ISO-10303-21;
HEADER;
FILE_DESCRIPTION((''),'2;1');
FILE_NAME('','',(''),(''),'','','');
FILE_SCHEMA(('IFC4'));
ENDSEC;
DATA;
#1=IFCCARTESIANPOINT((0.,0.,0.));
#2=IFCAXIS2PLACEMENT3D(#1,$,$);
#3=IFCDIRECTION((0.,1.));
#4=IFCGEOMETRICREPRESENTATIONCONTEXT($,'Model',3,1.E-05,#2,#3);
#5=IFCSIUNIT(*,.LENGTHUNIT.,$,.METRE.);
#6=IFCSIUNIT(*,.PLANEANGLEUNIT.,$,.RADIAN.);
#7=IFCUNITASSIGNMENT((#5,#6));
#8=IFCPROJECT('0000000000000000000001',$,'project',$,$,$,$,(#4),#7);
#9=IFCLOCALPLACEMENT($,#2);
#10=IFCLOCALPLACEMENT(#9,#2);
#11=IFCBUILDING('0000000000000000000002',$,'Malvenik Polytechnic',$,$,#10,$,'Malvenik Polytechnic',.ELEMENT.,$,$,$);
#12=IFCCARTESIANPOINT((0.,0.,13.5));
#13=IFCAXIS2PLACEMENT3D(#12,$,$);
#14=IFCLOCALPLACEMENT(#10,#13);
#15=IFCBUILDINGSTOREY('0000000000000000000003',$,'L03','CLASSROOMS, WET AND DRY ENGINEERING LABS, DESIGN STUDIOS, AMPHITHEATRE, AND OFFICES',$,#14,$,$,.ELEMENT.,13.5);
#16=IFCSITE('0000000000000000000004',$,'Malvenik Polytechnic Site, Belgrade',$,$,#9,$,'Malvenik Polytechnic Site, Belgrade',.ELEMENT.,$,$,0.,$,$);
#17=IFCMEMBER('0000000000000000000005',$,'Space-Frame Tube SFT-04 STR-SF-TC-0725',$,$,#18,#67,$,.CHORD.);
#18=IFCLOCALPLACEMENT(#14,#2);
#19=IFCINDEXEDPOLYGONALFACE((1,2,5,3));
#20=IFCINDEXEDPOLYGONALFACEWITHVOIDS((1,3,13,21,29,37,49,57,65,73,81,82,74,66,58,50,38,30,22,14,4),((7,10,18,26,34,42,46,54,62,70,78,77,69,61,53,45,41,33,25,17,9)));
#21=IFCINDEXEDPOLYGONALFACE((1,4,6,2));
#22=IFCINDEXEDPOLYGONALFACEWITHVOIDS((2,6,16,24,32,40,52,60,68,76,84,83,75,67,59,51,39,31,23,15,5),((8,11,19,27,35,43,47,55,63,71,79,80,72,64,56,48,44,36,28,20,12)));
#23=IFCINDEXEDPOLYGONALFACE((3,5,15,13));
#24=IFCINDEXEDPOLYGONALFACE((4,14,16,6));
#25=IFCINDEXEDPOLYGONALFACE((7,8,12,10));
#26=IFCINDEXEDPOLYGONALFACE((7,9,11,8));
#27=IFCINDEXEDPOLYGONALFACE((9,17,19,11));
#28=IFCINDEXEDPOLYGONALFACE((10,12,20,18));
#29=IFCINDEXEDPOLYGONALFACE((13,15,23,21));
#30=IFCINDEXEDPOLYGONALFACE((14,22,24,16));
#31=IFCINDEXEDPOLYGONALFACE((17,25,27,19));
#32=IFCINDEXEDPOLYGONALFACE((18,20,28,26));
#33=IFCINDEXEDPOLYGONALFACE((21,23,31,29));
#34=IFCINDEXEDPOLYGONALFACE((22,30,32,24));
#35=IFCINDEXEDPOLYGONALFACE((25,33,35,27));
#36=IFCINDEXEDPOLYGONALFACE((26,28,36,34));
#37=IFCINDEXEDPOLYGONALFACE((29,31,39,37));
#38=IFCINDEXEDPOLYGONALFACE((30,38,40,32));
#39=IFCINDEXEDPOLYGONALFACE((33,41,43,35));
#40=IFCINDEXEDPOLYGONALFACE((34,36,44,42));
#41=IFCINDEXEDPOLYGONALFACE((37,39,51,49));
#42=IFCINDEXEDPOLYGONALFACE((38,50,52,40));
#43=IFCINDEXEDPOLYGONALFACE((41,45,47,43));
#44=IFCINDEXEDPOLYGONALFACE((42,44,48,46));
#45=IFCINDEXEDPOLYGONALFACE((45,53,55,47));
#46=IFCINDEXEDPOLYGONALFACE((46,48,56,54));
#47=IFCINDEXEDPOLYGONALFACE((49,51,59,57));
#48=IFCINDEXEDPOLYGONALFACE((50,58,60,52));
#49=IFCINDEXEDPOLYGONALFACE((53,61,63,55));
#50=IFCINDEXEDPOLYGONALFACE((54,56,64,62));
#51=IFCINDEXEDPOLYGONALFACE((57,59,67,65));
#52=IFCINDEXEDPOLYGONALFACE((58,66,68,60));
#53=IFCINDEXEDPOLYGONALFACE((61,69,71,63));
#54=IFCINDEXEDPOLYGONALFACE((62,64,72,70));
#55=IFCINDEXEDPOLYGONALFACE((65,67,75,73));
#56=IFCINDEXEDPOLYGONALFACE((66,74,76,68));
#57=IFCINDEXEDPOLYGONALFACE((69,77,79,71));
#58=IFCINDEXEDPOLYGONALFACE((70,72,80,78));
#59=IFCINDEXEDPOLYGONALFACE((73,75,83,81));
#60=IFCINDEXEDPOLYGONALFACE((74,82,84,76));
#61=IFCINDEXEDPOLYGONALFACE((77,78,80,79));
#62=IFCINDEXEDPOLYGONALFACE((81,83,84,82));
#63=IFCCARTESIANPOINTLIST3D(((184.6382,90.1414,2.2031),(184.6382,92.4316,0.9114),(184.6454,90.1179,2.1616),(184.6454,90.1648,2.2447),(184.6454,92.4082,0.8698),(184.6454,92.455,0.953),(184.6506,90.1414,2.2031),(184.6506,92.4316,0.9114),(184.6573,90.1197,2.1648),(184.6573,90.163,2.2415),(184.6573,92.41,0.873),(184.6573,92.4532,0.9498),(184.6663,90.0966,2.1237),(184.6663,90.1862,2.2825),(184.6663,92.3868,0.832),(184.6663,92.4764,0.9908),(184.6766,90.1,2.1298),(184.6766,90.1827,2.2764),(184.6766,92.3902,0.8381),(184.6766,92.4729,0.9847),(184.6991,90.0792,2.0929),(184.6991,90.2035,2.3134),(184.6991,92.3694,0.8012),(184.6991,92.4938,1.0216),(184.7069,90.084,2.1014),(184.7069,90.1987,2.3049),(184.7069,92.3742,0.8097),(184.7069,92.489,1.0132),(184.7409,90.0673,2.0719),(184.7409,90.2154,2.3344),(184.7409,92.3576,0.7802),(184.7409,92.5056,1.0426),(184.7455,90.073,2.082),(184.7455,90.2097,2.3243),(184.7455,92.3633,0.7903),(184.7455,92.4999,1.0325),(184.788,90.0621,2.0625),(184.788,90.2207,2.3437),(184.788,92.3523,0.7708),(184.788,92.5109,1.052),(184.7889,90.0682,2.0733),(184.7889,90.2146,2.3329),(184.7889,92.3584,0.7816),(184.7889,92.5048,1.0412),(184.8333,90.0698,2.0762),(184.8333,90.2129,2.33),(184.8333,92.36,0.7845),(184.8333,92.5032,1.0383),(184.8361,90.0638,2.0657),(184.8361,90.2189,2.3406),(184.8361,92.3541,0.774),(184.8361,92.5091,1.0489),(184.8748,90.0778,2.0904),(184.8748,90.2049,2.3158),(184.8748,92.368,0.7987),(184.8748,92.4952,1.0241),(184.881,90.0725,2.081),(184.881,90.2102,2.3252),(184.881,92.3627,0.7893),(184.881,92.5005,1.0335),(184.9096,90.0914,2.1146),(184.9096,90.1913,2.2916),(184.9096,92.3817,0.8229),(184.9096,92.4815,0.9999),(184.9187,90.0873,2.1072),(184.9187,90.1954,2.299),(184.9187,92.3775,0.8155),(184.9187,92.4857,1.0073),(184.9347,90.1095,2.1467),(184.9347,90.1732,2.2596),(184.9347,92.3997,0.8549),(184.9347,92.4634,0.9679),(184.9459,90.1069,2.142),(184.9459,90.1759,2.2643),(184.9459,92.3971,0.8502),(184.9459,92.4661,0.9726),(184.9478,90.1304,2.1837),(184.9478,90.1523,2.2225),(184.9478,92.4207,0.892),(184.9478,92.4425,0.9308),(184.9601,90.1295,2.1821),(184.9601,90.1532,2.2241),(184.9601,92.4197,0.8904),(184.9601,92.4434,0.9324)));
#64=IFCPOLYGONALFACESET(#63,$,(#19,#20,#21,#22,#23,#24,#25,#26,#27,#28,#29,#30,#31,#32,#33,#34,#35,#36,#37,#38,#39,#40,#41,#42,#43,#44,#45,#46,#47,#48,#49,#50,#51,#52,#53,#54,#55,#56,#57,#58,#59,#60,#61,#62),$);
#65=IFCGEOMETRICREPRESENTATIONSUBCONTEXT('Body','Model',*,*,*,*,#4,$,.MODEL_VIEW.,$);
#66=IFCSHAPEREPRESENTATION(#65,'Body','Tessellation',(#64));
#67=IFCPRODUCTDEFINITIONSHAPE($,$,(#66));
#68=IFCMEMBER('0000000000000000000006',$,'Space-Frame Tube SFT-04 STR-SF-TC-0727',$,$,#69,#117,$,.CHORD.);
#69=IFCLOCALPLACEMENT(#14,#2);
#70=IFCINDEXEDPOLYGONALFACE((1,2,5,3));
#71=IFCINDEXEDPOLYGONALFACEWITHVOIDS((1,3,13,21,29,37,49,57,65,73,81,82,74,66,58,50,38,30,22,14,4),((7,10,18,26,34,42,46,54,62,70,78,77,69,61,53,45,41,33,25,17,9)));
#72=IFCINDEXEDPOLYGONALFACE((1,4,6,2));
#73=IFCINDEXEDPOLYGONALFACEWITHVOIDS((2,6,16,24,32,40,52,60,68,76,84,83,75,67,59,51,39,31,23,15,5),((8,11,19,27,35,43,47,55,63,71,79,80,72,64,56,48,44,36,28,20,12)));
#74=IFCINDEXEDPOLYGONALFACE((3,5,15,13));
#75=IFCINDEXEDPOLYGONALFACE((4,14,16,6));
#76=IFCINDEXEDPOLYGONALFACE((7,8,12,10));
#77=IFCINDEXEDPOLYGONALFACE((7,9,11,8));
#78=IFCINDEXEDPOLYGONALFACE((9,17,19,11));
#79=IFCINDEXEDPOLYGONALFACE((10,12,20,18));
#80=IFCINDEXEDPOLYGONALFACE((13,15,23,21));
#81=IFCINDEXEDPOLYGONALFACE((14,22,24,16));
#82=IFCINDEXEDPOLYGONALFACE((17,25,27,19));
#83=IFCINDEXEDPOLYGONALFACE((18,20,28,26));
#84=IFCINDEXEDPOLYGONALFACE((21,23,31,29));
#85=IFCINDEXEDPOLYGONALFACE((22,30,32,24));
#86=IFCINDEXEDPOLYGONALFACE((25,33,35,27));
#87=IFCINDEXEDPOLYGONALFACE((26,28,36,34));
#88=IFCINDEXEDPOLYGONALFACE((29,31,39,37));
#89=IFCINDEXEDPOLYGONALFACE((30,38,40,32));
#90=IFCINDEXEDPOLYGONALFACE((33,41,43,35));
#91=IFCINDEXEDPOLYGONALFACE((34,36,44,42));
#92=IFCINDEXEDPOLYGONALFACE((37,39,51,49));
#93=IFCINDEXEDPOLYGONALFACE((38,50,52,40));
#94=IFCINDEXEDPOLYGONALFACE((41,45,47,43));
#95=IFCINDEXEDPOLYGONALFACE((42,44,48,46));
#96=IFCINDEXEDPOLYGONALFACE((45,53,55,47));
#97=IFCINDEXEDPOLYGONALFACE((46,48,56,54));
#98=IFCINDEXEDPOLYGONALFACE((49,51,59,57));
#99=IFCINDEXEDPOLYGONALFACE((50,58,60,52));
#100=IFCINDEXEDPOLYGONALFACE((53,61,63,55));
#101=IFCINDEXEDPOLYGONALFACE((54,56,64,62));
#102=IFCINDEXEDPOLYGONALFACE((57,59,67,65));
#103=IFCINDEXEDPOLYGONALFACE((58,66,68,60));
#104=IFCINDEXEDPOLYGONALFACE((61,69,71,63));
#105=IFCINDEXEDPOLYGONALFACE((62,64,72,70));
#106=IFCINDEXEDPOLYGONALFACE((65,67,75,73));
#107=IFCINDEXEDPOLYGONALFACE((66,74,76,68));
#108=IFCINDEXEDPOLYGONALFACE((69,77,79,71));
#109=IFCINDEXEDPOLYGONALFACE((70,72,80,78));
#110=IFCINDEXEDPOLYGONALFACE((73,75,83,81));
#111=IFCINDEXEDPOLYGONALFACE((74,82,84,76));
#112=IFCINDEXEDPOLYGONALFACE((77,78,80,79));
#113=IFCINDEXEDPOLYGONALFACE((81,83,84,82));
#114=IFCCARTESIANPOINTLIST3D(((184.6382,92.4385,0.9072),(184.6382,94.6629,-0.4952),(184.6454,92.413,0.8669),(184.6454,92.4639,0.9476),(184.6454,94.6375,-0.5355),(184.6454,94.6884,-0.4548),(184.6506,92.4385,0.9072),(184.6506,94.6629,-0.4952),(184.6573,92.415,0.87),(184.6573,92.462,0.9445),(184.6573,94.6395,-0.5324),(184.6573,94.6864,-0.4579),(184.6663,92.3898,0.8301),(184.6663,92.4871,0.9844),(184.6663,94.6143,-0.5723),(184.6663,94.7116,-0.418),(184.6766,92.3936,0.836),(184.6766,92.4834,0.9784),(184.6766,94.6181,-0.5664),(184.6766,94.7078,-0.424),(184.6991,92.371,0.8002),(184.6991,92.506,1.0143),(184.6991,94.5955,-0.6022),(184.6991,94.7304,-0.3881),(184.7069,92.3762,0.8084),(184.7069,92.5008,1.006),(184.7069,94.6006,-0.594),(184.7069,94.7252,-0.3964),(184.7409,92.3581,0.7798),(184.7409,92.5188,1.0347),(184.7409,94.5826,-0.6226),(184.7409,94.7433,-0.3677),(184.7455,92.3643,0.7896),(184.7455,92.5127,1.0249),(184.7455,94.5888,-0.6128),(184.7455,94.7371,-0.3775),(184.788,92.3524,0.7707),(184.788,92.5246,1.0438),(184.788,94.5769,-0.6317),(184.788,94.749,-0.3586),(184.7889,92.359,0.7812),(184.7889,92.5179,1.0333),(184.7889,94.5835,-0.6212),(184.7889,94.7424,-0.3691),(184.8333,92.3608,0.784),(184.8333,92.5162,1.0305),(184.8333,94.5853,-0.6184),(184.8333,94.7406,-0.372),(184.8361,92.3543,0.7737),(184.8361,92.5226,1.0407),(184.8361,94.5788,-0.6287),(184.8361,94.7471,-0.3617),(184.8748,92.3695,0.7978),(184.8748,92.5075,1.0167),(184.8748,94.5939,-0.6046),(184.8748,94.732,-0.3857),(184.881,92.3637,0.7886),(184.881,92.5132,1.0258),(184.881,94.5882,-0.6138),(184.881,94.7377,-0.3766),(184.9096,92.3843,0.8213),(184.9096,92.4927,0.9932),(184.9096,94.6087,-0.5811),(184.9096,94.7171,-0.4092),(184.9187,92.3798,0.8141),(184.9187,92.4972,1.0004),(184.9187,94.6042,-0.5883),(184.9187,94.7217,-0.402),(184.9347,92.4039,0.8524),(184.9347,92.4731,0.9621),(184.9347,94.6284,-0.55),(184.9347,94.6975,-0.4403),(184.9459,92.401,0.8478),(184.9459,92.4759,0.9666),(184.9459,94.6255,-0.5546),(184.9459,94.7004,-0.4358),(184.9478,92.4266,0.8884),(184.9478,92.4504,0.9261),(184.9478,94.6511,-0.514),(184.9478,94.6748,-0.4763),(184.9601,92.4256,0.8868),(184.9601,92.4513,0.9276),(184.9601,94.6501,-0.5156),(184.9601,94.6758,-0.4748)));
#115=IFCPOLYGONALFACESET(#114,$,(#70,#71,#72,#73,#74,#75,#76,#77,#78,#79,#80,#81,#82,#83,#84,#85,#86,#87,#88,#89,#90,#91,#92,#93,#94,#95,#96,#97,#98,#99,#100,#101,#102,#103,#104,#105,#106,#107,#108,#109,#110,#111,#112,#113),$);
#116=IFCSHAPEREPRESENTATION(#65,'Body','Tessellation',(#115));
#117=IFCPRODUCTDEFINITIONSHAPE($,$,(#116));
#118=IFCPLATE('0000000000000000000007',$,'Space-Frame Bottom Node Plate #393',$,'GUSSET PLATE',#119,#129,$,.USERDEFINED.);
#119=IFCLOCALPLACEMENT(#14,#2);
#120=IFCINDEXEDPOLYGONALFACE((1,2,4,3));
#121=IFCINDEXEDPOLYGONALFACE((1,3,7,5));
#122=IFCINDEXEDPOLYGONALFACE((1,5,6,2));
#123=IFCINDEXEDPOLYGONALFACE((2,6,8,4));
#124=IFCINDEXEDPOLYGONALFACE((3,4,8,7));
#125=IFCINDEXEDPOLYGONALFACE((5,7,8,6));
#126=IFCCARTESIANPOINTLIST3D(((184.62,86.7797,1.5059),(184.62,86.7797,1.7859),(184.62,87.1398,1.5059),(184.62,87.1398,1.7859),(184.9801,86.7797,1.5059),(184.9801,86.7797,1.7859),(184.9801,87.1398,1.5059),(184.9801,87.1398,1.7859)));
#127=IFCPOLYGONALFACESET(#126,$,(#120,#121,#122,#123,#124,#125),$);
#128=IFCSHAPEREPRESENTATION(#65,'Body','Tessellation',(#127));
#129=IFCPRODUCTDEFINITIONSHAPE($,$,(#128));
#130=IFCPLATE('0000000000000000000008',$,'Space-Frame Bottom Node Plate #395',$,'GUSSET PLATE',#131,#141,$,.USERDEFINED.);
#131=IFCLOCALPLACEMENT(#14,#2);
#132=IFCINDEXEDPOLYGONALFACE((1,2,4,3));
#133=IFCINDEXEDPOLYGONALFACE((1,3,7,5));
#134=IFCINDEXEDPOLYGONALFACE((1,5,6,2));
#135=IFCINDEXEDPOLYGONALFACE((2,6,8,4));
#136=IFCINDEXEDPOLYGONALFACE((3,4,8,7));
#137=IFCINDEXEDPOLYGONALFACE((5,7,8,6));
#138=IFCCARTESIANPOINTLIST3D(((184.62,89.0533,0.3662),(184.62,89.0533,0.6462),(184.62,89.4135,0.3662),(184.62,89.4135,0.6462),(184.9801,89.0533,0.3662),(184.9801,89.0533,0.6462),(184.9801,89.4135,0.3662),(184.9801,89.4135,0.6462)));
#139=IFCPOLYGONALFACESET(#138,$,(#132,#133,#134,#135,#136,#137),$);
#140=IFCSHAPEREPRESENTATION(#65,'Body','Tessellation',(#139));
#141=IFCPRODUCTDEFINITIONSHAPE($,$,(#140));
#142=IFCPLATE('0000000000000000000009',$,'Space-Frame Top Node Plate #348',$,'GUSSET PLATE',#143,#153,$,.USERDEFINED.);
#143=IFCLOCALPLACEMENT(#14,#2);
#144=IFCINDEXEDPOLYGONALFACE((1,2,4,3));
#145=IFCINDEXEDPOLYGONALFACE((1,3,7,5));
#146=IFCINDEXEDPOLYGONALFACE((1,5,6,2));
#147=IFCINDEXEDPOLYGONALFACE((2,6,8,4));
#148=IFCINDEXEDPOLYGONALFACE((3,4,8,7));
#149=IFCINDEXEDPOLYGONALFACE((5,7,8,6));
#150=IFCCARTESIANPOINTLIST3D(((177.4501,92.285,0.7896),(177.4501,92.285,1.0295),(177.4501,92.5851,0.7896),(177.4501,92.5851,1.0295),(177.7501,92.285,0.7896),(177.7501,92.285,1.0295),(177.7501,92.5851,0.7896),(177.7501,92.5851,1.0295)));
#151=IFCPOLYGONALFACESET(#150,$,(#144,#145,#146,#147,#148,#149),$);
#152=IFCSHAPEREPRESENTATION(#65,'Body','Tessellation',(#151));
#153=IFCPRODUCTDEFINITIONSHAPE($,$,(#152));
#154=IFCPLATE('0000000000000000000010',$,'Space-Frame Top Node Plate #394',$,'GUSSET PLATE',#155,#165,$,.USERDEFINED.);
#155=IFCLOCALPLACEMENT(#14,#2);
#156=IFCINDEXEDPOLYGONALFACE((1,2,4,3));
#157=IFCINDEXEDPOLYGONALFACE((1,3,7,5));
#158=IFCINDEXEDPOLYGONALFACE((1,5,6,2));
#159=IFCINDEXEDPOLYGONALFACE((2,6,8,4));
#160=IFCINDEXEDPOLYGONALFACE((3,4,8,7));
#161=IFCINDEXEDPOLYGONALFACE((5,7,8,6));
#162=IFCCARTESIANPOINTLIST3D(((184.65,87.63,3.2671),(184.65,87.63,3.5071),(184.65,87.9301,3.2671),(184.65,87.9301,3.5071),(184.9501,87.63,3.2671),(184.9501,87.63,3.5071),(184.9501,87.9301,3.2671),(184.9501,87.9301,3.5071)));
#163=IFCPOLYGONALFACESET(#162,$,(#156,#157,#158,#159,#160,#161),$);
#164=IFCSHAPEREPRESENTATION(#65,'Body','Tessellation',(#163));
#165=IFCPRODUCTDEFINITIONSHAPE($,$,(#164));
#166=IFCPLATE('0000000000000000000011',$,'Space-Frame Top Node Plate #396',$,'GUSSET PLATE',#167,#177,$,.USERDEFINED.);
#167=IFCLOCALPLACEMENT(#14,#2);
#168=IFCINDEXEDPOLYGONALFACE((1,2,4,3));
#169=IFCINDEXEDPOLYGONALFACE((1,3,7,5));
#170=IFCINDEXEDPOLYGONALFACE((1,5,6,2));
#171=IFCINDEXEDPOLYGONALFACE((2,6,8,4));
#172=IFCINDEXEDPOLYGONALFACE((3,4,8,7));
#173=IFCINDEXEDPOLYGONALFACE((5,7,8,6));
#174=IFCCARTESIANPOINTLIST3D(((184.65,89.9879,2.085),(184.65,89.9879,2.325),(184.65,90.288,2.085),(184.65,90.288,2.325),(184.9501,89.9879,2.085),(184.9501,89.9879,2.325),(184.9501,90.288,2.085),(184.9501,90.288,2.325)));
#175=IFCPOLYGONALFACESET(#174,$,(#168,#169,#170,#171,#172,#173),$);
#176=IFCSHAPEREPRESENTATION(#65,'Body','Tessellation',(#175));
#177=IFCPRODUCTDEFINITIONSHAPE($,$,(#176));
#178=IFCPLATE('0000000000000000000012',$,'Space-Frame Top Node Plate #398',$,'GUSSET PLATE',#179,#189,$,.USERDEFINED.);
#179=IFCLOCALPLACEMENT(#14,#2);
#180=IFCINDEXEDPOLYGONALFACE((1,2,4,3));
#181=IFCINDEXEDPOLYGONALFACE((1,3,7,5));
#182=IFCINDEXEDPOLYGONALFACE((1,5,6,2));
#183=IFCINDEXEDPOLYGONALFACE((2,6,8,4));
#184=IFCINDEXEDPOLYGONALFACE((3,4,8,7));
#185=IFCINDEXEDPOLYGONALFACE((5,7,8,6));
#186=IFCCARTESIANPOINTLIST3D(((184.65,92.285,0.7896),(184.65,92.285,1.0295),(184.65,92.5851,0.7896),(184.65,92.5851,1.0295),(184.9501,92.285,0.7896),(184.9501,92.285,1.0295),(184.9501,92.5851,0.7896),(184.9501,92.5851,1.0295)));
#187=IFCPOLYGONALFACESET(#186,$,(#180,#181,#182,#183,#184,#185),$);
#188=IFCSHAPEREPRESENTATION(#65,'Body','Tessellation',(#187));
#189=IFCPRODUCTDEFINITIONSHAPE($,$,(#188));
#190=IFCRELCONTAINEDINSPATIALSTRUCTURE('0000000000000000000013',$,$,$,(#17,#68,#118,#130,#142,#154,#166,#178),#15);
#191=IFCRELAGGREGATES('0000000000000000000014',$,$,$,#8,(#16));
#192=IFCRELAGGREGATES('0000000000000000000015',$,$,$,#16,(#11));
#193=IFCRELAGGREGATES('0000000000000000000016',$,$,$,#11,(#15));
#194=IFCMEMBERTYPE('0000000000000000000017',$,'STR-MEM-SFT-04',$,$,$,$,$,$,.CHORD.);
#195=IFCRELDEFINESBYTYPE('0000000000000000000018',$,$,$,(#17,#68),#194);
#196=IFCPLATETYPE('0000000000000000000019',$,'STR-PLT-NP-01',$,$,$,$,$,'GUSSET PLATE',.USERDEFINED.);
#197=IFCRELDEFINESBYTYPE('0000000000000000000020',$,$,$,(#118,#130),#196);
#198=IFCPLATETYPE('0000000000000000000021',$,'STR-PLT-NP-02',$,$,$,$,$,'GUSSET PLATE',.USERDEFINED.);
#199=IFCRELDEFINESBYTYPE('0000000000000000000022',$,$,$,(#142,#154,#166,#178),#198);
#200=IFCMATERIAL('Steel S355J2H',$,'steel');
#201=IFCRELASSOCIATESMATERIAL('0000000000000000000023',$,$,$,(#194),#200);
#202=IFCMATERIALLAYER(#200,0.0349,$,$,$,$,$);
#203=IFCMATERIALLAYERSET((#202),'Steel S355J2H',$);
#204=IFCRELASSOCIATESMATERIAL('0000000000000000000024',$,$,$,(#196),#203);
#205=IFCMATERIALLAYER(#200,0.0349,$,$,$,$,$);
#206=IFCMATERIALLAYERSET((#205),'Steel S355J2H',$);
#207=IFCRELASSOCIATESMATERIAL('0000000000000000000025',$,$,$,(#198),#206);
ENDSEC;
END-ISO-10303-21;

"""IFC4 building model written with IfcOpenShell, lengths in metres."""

from ifc_helpers import new_model, si_unit, direction, frame, origin, origin_2d, place, context, subcontext, project, spatial, rectangle, hollow_circle, extrude, material, layer, layer_set, material_profile, profile_set, type_object, element, save


model = new_model("IFC4")

# Units and contexts
model_context = context("Model", 3, precision=1e-05, world=origin(), true_north=direction((0.0, 1.0)))
body_context = subcontext(model_context, "Body", "Model", "MODEL_VIEW")
ifc_project = project(units=[si_unit("LENGTHUNIT", "METRE"), si_unit("PLANEANGLEUNIT", "RADIAN")], contexts=[model_context])

# Site, building, storey
site_placement = place(None, origin())
site = spatial("IfcSite", under=ifc_project, at=site_placement, Name="Malvenik Polytechnic Site, Belgrade", LongName="Malvenik Polytechnic Site, Belgrade", CompositionType="ELEMENT", RefElevation=0.0)
building_placement = place(site_placement, origin())
building = spatial("IfcBuilding", under=site, at=building_placement, Name="Malvenik Polytechnic", LongName="Malvenik Polytechnic", CompositionType="ELEMENT")
storey_placement = place(building_placement, frame((0.0, 0.0, 13.5)))
storey = spatial("IfcBuildingStorey", under=building, at=storey_placement, Name="L03", Description="CLASSROOMS, WET AND DRY ENGINEERING LABS, DESIGN STUDIOS, AMPHITHEATRE, AND OFFICES", CompositionType="ELEMENT", Elevation=13.5)

# Members
ifc_material_1 = material(Name="Steel S355J2H", Category="steel")
ifc_material_profile_1 = material_profile(ifc_material_1, hollow_circle(Radius=0.1619, WallThickness=0.0125, at=origin_2d()), Name="CHS 323.9x12.5")
ifc_profile_set_1 = profile_set([ifc_material_profile_1], Name="Steel S355J2H")
member_type_1 = type_object("IfcMemberType", Name="STR-MEM-SFT-04", PredefinedType="CHORD", material=ifc_profile_set_1)
for number, where, z_axis, x_axis, name in (
    (1, (184.8, 90.1414, 2.2031), (0.0, 0.871012, -0.491262), (-1.0, 0.0, 0.0), "Space-Frame Tube SFT-04 STR-SF-TC-0725"),
):
    element("IfcMember", number, at=place(storey_placement, frame(where, z_axis=z_axis, x_axis=x_axis)), inside=storey, type_object=member_type_1, Name=name, PredefinedType="CHORD", context=body_context, shape_type="SweptSolid", body=[
        extrude(hollow_circle(Radius=0.1619, WallThickness=0.0125, at=origin_2d()), origin(), (0.0, 0.0, 1.0), 2.6294),
    ])
member_1_placement = place(storey_placement, frame((184.8, 92.4385, 0.9072), z_axis=(0.0, 0.845921, -0.533308), x_axis=(-1.0, 0.0, 0.0)))
element("IfcMember", 2, at=member_1_placement, inside=storey, type_object=member_type_1, Name="Space-Frame Tube SFT-04 STR-SF-TC-0727", PredefinedType="CHORD", context=body_context, shape_type="SweptSolid", body=[
    extrude(hollow_circle(Radius=0.1619, WallThickness=0.0125, at=origin_2d()), origin(), (0.0, 0.0, 1.0), 2.6296),
])

# Plates
ifc_layer_1 = layer(ifc_material_1, 0.0349)
ifc_layer_set_1 = layer_set([ifc_layer_1], Name="Steel S355J2H")
plate_type_1 = type_object("IfcPlateType", Name="STR-PLT-NP-01", ElementType="GUSSET PLATE", PredefinedType="USERDEFINED", material=ifc_layer_set_1)
for number, where, z_axis, x_axis, name in (
    (3, (184.8, 86.9597, 1.5059), (0.0, 0.0, 1.0), (1.0, 0.0, 0.0), "Space-Frame Bottom Node Plate #393"),
    (4, (184.8, 89.2334, 0.3662), (0.0, 0.0, 1.0), (1.0, 0.0, 0.0), "Space-Frame Bottom Node Plate #395"),
):
    element("IfcPlate", number, at=place(storey_placement, frame(where, z_axis=z_axis, x_axis=x_axis)), inside=storey, type_object=plate_type_1, Name=name, ObjectType="GUSSET PLATE", PredefinedType="USERDEFINED", context=body_context, shape_type="SweptSolid", body=[
        extrude(rectangle(XDim=0.3601, YDim=0.3601, at=origin_2d()), origin(), (0.0, 0.0, 1.0), 0.28),
    ])
ifc_layer_2 = layer(ifc_material_1, 0.0349)
ifc_layer_set_2 = layer_set([ifc_layer_2], Name="Steel S355J2H")
plate_type_2 = type_object("IfcPlateType", Name="STR-PLT-NP-02", ElementType="GUSSET PLATE", PredefinedType="USERDEFINED", material=ifc_layer_set_2)
for number, where, z_axis, x_axis, name in (
    (5, (177.6001, 92.4351, 0.7896), (0.0, 0.0, 1.0), (1.0, 0.0, 0.0), "Space-Frame Top Node Plate #348"),
    (6, (184.8, 87.78, 3.2671), (0.0, 0.0, 1.0), (1.0, 0.0, 0.0), "Space-Frame Top Node Plate #394"),
    (7, (184.8, 90.1379, 2.085), (0.0, 0.0, 1.0), (1.0, 0.0, 0.0), "Space-Frame Top Node Plate #396"),
    (8, (184.8, 92.4351, 0.7896), (0.0, 0.0, 1.0), (1.0, 0.0, 0.0), "Space-Frame Top Node Plate #398"),
):
    element("IfcPlate", number, at=place(storey_placement, frame(where, z_axis=z_axis, x_axis=x_axis)), inside=storey, type_object=plate_type_2, Name=name, ObjectType="GUSSET PLATE", PredefinedType="USERDEFINED", context=body_context, shape_type="SweptSolid", body=[
        extrude(rectangle(XDim=0.3, YDim=0.3, at=origin_2d()), origin(), (0.0, 0.0, 1.0), 0.24),
    ])

save(model, "model.ifc")
